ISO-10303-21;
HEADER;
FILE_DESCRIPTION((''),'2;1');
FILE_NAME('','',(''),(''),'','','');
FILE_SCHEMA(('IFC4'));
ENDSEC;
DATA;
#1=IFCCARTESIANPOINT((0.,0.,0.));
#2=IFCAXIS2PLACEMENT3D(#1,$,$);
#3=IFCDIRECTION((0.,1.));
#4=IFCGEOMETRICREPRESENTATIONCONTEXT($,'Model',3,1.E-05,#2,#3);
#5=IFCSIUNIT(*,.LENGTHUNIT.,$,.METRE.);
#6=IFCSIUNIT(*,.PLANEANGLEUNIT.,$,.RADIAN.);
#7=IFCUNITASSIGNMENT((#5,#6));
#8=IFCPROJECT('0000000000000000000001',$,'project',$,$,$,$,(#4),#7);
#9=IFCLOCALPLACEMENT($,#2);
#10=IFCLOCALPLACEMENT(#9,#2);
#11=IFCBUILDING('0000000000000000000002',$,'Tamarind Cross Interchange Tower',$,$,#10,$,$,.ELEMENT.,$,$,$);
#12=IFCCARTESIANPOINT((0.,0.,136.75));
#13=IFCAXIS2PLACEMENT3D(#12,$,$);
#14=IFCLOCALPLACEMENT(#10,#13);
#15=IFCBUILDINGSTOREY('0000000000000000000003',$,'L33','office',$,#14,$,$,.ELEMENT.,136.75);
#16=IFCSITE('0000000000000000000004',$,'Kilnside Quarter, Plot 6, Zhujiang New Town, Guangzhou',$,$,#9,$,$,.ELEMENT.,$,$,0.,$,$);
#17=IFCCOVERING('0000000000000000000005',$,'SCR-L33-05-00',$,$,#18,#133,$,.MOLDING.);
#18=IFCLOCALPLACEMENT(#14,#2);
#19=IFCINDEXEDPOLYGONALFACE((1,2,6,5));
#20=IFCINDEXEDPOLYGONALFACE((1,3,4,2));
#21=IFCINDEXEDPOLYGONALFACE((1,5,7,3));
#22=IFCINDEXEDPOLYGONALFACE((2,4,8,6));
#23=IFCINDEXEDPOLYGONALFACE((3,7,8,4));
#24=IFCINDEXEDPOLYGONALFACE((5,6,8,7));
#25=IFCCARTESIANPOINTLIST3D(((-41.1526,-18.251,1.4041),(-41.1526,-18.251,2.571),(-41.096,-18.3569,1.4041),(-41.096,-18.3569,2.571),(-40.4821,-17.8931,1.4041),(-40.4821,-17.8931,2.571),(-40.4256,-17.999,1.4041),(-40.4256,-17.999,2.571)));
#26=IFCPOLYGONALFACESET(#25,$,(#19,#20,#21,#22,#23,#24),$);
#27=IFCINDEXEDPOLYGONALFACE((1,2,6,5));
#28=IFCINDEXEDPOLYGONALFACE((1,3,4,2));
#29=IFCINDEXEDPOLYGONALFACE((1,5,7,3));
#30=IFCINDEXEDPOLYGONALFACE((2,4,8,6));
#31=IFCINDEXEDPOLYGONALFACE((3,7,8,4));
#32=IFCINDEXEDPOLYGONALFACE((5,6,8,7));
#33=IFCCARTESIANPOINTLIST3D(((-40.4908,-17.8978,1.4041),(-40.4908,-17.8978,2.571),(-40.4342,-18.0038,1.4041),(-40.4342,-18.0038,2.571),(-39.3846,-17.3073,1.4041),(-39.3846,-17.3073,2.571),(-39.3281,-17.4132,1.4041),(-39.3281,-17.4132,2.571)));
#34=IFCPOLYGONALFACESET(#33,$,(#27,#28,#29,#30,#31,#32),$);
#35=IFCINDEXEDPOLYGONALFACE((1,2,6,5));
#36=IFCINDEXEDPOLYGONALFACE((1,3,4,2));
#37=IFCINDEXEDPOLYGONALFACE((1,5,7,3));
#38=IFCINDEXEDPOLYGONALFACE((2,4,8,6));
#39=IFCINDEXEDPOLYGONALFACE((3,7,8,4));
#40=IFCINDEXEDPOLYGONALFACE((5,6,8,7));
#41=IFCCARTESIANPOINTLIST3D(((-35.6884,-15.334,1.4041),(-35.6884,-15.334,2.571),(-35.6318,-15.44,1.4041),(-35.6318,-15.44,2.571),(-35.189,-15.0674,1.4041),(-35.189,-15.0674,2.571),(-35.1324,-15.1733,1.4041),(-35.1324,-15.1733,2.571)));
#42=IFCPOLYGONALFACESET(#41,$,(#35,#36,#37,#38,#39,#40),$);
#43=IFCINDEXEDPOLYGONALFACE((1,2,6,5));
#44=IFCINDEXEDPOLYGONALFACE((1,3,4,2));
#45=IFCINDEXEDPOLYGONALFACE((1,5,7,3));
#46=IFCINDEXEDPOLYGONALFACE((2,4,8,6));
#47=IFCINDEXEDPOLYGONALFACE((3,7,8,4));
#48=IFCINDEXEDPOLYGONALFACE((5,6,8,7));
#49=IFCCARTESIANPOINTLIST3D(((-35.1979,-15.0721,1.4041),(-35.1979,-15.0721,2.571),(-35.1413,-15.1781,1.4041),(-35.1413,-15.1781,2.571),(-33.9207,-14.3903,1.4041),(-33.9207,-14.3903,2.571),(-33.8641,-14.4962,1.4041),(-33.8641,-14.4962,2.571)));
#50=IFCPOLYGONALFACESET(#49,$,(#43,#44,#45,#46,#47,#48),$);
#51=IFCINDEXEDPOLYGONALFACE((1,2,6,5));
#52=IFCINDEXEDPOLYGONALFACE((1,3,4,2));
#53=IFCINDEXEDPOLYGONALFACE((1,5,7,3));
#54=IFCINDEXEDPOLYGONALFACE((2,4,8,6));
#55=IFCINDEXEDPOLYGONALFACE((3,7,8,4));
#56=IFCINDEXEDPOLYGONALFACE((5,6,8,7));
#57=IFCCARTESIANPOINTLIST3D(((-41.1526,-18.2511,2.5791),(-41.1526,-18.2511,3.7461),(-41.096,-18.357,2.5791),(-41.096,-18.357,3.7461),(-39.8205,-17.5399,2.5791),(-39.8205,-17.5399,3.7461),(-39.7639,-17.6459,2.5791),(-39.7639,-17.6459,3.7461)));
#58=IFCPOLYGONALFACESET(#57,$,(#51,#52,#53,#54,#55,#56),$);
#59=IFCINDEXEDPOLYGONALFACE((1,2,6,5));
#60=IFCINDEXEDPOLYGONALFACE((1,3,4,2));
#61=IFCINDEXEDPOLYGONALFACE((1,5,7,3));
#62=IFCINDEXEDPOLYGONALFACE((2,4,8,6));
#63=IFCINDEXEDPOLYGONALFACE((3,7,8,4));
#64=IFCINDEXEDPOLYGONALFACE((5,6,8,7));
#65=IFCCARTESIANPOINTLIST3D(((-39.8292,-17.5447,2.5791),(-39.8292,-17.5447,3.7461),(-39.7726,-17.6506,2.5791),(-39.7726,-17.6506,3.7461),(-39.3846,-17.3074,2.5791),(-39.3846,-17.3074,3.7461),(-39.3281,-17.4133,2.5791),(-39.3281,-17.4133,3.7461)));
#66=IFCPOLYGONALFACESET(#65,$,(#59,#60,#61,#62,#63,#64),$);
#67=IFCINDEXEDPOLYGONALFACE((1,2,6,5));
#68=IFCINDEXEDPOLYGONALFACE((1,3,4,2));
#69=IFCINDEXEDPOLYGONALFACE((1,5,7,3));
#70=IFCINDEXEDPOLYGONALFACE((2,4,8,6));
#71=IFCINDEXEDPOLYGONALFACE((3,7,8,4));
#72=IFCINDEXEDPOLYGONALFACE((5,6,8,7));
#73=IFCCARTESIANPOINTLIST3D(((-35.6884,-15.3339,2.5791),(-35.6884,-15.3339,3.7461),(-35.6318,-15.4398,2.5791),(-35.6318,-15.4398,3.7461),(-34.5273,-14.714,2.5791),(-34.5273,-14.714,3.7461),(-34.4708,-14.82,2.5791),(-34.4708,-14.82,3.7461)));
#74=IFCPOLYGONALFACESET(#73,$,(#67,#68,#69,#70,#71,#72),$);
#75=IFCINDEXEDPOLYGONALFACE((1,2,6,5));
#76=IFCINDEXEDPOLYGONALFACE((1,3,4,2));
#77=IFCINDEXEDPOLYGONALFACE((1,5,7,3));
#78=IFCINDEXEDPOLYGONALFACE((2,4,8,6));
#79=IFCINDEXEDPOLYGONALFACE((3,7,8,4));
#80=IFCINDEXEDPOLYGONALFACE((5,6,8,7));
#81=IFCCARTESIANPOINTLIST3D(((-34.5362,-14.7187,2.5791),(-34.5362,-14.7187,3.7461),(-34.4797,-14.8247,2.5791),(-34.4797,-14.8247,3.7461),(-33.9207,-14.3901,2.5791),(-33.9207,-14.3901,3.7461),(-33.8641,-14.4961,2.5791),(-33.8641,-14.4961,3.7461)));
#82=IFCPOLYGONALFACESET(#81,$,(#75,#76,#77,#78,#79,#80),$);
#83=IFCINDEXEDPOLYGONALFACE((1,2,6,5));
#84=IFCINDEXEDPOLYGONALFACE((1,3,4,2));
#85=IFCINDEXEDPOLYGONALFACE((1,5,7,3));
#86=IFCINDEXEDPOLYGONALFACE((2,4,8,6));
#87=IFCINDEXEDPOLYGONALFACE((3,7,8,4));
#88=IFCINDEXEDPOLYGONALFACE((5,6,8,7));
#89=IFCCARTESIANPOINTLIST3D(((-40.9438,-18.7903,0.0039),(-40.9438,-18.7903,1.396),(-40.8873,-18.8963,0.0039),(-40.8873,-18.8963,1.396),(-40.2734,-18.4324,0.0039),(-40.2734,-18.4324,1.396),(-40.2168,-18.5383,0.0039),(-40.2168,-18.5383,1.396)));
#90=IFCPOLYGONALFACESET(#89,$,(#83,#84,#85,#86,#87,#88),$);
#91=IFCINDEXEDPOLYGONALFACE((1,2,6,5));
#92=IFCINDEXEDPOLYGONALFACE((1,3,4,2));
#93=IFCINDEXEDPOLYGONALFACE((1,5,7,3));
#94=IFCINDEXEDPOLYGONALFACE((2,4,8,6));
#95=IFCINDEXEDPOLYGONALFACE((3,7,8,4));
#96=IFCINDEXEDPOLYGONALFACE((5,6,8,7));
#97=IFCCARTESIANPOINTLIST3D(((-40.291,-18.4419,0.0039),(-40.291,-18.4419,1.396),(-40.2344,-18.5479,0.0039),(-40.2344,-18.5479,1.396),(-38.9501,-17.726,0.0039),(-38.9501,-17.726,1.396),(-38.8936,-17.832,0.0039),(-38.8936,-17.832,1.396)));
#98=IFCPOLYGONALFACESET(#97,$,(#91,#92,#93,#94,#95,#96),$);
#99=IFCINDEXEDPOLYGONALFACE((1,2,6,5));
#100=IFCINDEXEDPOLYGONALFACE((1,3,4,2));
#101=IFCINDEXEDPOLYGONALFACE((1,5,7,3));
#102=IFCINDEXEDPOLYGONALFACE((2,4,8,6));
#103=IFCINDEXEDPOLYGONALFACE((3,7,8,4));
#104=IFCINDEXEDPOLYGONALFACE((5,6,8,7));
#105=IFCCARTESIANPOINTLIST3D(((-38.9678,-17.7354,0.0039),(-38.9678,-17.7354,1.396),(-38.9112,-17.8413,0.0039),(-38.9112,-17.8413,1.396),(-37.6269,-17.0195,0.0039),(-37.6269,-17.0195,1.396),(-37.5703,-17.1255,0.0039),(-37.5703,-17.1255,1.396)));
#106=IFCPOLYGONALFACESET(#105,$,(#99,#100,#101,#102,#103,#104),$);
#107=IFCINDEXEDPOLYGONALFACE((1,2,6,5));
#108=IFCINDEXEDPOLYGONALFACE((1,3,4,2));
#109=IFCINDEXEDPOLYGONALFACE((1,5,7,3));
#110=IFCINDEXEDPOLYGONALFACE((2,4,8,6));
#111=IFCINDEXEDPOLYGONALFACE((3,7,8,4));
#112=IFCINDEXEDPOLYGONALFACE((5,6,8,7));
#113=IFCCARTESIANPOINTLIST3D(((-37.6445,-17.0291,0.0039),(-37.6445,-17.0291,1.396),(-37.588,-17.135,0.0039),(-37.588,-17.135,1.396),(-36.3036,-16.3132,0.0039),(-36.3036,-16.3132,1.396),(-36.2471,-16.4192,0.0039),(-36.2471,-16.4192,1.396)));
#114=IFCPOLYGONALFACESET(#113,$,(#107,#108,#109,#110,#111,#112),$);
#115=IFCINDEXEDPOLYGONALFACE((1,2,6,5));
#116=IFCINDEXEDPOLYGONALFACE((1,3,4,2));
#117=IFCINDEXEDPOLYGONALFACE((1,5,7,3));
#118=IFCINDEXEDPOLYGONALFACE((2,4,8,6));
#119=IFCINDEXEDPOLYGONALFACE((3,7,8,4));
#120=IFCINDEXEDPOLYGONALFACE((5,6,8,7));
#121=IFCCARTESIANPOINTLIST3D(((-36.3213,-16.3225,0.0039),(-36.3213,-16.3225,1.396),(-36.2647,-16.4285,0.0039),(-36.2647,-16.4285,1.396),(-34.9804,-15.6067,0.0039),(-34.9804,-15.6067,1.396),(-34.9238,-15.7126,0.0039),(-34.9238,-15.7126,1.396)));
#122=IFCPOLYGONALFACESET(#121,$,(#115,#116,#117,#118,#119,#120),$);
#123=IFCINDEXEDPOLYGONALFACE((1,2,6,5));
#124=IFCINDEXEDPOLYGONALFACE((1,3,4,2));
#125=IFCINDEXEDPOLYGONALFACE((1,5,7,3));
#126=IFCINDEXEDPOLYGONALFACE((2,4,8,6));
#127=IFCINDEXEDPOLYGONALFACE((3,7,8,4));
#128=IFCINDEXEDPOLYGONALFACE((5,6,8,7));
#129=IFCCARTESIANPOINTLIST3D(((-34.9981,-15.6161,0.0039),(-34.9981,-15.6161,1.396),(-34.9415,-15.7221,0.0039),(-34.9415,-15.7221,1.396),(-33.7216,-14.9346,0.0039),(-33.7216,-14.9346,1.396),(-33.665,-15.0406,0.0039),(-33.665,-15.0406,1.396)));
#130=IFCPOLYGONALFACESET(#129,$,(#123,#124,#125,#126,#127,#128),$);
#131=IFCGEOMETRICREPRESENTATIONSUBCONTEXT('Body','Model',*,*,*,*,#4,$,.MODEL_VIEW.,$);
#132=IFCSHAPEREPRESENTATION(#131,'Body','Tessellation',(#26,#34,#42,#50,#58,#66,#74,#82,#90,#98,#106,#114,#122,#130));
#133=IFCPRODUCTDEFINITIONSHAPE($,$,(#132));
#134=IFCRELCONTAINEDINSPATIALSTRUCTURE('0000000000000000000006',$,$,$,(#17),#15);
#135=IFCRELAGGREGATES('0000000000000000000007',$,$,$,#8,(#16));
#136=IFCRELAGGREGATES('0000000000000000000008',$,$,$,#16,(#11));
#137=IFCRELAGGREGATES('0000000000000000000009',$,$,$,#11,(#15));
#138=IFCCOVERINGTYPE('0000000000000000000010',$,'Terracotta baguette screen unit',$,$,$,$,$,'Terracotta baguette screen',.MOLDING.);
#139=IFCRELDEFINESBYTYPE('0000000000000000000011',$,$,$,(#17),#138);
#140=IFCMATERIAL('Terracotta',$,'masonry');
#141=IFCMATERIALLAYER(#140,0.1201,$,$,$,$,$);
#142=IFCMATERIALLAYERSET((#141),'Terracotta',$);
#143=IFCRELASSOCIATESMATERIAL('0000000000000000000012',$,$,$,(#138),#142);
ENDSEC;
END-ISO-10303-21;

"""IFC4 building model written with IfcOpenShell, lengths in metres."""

from ifc_helpers import new_model, si_unit, direction, frame, origin, origin_2d, place, context, subcontext, project, spatial, rectangle, extrude, material, layer, layer_set, type_object, element, save


model = new_model("IFC4")

# Units and contexts
model_context = context("Model", 3, precision=1e-05, world=origin(), true_north=direction((0.0, 1.0)))
body_context = subcontext(model_context, "Body", "Model", "MODEL_VIEW")
ifc_project = project(units=[si_unit("LENGTHUNIT", "METRE"), si_unit("PLANEANGLEUNIT", "RADIAN")], contexts=[model_context])

# Site, building, storey
site_placement = place(None, origin())
site = spatial("IfcSite", under=ifc_project, at=site_placement, Name="Kilnside Quarter, Plot 6, Zhujiang New Town, Guangzhou", CompositionType="ELEMENT", RefElevation=0.0)
building_placement = place(site_placement, origin())
building = spatial("IfcBuilding", under=site, at=building_placement, Name="Tamarind Cross Interchange Tower", CompositionType="ELEMENT")
storey_placement = place(building_placement, frame((0.0, 0.0, 136.75)))
storey = spatial("IfcBuildingStorey", under=building, at=storey_placement, Name="L33", Description="office", CompositionType="ELEMENT", Elevation=136.75)

# Covering
ifc_material_1 = material(Name="Terracotta", Category="masonry")
ifc_layer_1 = layer(ifc_material_1, 0.1201)
ifc_layer_set_1 = layer_set([ifc_layer_1], Name="Terracotta")
covering_type = type_object("IfcCoveringType", Name="Terracotta baguette screen unit", ElementType="Terracotta baguette screen", PredefinedType="MOLDING", material=ifc_layer_set_1)
covering_1_placement = place(storey_placement, origin())
element("IfcCovering", 1, at=covering_1_placement, inside=storey, type_object=covering_type, Name="SCR-L33-05-00", PredefinedType="MOLDING", context=body_context, shape_type="SweptSolid", body=[
    extrude(rectangle(XDim=0.76, YDim=0.1201, at=origin_2d()), frame((-40.7891, -18.125, 1.4041), z_axis=(0.0, 0.0, 1.0), x_axis=(0.882155, 0.470959, 0.0)), (0.0, 0.0, 1.0), 1.167),
    extrude(rectangle(XDim=1.2539, YDim=0.1201, at=origin_2d()), frame((-39.9094, -17.6555, 1.4041), z_axis=(0.0, 0.0, 1.0), x_axis=(0.882155, 0.470959, 0.0)), (0.0, 0.0, 1.0), 1.167),
    extrude(rectangle(XDim=0.5662, YDim=0.1201, at=origin_2d()), frame((-35.4104, -15.2537, 1.4041), z_axis=(0.0, 0.0, 1.0), x_axis=(0.882155, 0.470959, 0.0)), (0.0, 0.0, 1.0), 1.167),
    extrude(rectangle(XDim=1.4478, YDim=0.1201, at=origin_2d()), frame((-34.531, -14.7842, 1.4041), z_axis=(0.0, 0.0, 1.0), x_axis=(0.882155, 0.470959, 0.0)), (0.0, 0.0, 1.0), 1.167),
    extrude(rectangle(XDim=1.51, YDim=0.1201, at=origin_2d()), frame((-40.4583, -17.9485, 2.5791), z_axis=(0.0, 0.0, 1.0), x_axis=(0.882155, 0.470959, 0.0)), (0.0, 0.0, 1.0), 1.167),
    extrude(rectangle(XDim=0.5039, YDim=0.1201, at=origin_2d()), frame((-39.5786, -17.479, 2.5791), z_axis=(0.0, 0.0, 1.0), x_axis=(0.882155, 0.470959, 0.0)), (0.0, 0.0, 1.0), 1.167),
    extrude(rectangle(XDim=1.3162, YDim=0.1201, at=origin_2d()), frame((-35.0796, -15.0769, 2.5791), z_axis=(0.0, 0.0, 1.0), x_axis=(0.882155, 0.470959, 0.0)), (0.0, 0.0, 1.0), 1.167),
    extrude(rectangle(XDim=0.6978, YDim=0.1201, at=origin_2d()), frame((-34.2002, -14.6074, 2.5791), z_axis=(0.0, 0.0, 1.0), x_axis=(0.882155, 0.470959, 0.0)), (0.0, 0.0, 1.0), 1.167),
    extrude(rectangle(XDim=0.76, YDim=0.1201, at=origin_2d()), frame((-40.5803, -18.6643, 0.0039), z_axis=(0.0, 0.0, 1.0), x_axis=(0.882155, 0.470959, 0.0)), (0.0, 0.0, 1.0), 1.3921),
    extrude(rectangle(XDim=1.52, YDim=0.1201, at=origin_2d()), frame((-39.5923, -18.137, 0.0039), z_axis=(0.0, 0.0, 1.0), x_axis=(0.882155, 0.470959, 0.0)), (0.0, 0.0, 1.0), 1.3921),
    extrude(rectangle(XDim=1.52, YDim=0.1201, at=origin_2d()), frame((-38.269, -17.4304, 0.0039), z_axis=(0.0, 0.0, 1.0), x_axis=(0.882155, 0.470959, 0.0)), (0.0, 0.0, 1.0), 1.3921),
    extrude(rectangle(XDim=1.52, YDim=0.1201, at=origin_2d()), frame((-36.9458, -16.7241, 0.0039), z_axis=(0.0, 0.0, 1.0), x_axis=(0.882155, 0.470959, 0.0)), (0.0, 0.0, 1.0), 1.3921),
    extrude(rectangle(XDim=1.52, YDim=0.1201, at=origin_2d()), frame((-35.6226, -16.0176, 0.0039), z_axis=(0.0, 0.0, 1.0), x_axis=(0.882155, 0.470959, 0.0)), (0.0, 0.0, 1.0), 1.3921),
    extrude(rectangle(XDim=1.447, YDim=0.1201, at=origin_2d()), frame((-34.3315, -15.3284, 0.0039), z_axis=(0.0, 0.0, 1.0), x_axis=(0.882155, 0.470959, 0.0)), (0.0, 0.0, 1.0), 1.3921),
])

save(model, "model.ifc")
